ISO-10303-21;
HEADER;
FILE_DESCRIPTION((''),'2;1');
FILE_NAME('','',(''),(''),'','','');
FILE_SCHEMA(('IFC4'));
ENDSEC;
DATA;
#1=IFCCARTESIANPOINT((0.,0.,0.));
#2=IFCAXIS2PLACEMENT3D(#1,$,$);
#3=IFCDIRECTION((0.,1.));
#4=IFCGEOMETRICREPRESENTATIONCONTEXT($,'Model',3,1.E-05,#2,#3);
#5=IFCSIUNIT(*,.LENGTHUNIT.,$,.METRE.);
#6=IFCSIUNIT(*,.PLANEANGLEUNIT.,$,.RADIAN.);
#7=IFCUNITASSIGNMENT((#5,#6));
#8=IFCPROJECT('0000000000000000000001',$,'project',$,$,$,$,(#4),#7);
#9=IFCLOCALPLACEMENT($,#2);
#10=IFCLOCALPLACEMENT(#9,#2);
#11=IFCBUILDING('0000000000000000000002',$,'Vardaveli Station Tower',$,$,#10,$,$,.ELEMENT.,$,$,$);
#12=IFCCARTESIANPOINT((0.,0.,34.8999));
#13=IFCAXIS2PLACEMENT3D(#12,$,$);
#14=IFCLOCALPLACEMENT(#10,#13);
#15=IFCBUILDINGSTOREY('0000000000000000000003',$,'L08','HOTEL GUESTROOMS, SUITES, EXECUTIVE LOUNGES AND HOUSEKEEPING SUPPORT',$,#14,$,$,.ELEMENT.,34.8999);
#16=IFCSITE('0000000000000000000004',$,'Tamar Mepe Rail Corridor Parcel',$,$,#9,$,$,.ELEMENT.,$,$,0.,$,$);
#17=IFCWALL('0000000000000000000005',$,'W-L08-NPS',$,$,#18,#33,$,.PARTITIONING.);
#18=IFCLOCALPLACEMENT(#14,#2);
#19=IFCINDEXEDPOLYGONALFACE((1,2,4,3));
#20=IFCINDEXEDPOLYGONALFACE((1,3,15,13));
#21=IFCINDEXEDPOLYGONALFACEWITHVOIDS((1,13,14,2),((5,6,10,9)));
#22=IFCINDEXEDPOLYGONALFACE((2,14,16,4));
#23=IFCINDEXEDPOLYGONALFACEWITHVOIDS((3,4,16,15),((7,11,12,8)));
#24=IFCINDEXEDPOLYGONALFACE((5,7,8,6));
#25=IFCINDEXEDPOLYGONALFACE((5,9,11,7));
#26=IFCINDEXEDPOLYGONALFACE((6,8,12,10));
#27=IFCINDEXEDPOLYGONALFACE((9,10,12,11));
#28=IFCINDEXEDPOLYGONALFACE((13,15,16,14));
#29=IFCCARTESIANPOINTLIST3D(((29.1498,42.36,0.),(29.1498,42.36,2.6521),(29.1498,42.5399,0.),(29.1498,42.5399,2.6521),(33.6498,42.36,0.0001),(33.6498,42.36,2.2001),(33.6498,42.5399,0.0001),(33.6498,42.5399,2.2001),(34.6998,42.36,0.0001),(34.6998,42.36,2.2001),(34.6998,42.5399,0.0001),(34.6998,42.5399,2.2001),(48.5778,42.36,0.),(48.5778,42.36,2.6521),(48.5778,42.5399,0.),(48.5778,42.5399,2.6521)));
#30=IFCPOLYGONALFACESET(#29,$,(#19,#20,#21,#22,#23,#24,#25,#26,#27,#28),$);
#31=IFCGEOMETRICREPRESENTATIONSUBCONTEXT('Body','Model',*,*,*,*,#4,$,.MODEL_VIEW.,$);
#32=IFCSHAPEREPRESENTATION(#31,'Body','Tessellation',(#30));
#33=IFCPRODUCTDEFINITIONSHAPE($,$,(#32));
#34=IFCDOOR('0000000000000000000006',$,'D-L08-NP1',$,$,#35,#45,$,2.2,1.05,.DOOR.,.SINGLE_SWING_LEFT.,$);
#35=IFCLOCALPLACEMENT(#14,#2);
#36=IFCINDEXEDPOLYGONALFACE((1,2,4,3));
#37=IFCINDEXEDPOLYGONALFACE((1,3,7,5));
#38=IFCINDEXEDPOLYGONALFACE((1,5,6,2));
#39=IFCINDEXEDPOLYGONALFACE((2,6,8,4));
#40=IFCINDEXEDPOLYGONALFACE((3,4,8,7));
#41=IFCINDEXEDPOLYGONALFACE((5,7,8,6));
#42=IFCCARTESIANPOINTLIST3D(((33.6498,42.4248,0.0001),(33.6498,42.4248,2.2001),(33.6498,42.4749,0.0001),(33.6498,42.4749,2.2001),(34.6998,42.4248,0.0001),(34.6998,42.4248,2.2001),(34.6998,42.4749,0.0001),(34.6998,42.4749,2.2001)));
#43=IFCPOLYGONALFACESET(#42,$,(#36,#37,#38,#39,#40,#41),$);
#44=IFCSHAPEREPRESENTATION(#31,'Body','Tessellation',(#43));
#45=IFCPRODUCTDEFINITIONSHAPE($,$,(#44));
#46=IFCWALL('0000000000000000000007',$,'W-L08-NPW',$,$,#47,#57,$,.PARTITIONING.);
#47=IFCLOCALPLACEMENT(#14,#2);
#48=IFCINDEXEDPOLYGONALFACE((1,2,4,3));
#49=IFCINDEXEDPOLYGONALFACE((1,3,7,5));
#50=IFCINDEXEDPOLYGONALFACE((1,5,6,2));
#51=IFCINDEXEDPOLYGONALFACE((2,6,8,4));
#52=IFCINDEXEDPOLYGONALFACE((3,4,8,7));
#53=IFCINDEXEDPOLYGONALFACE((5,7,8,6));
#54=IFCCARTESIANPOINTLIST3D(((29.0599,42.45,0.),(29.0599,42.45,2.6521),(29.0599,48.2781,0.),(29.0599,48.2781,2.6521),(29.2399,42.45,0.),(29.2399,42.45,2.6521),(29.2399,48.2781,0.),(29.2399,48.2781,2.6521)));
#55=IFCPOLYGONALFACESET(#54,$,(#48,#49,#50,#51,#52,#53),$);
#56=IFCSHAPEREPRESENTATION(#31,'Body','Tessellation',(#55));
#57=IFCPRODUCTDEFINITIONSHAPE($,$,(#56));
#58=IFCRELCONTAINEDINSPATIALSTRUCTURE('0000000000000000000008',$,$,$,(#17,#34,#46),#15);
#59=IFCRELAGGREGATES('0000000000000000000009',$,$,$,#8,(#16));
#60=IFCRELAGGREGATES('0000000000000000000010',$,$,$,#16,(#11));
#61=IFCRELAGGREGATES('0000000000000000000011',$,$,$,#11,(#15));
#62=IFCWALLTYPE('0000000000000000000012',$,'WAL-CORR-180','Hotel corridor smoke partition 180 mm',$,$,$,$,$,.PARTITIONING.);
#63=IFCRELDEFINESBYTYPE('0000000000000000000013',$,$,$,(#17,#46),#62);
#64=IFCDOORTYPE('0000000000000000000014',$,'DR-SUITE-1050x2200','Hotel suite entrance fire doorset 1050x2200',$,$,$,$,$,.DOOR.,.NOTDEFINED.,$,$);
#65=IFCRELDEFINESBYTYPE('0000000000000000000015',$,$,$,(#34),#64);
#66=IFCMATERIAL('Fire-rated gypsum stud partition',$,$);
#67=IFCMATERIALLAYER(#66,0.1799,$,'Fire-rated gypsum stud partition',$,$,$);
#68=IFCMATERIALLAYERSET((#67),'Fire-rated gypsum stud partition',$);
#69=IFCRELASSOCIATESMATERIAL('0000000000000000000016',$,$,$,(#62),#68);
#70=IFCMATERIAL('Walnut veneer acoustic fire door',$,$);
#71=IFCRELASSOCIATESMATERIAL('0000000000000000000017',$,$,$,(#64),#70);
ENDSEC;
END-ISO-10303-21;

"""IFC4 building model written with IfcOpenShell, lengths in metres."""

from ifc_helpers import new_model, si_unit, direction, frame, frame_2d, origin, place, context, subcontext, project, spatial, rectangle, extrude, source, transform, mapped, material, layer, layer_set, type_object, element, fill, save


model = new_model("IFC4")

# Units and contexts
model_context = context("Model", 3, precision=1e-05, world=origin(), true_north=direction((0.0, 1.0)))
body_context = subcontext(model_context, "Body", "Model", "MODEL_VIEW")
ifc_project = project(units=[si_unit("LENGTHUNIT", "METRE"), si_unit("PLANEANGLEUNIT", "RADIAN")], contexts=[model_context])

# Site, building, storey
site_placement = place(None, origin())
site = spatial("IfcSite", under=ifc_project, at=site_placement, Name="Tamar Mepe Rail Corridor Parcel", CompositionType="ELEMENT", RefElevation=0.0)
building_placement = place(site_placement, origin())
building = spatial("IfcBuilding", under=site, at=building_placement, Name="Vardaveli Station Tower", CompositionType="ELEMENT")
storey_placement = place(building_placement, frame((0.0, 0.0, 34.8999)))
storey = spatial("IfcBuildingStorey", under=building, at=storey_placement, Name="L08", Description="HOTEL GUESTROOMS, SUITES, EXECUTIVE LOUNGES AND HOUSEKEEPING SUPPORT", CompositionType="ELEMENT", Elevation=34.8999)

# Wall, opening, door
ifc_material_1 = material(Name="Fire-rated gypsum stud partition")
ifc_layer_1 = layer(ifc_material_1, 0.1799, Name="Fire-rated gypsum stud partition")
ifc_layer_set_1 = layer_set([ifc_layer_1], Name="Fire-rated gypsum stud partition")
wall_type_1 = type_object("IfcWallType", Name="WAL-CORR-180", Description="Hotel corridor smoke partition 180 mm", PredefinedType="PARTITIONING", material=ifc_layer_set_1)
shared_shape_1 = source(origin(), body_context, "Body", "SweptSolid", [
    extrude(rectangle(XDim=19.428, YDim=0.1799, at=frame_2d((9.7139, 0.0))), origin(), (0.0, 0.0, 1.0), 2.6521),
])
wall_1_placement = place(storey_placement, frame((29.1499, 42.45, 0.0), z_axis=(0.0, 0.0, 1.0), x_axis=(1.0, 0.0, 0.0)))
wall_1 = element("IfcWall", 1, at=wall_1_placement, inside=storey, type_object=wall_type_1, Name="W-L08-NPS", PredefinedType="PARTITIONING", context=body_context, shape_type="MappedRepresentation", body=[
    mapped(shared_shape_1, transform((0.0, 0.0, 0.0), scale=1.0)),
])
shared_shape_2 = source(origin(), body_context, "Body", "SweptSolid", [
    extrude(rectangle(XDim=1.05, YDim=2.2, at=frame_2d((0.5249, 1.1001))), frame((0.0, 0.1001, 0.0), z_axis=(0.0, -1.0, 0.0), x_axis=(1.0, 0.0, 0.0)), (0.0, 0.0, 1.0), 0.2),
])
opening_1_placement = place(wall_1_placement, frame((4.5, 0.0, 0.0)))
opening_1 = element("IfcOpeningElement", 2, at=opening_1_placement, cuts=wall_1, PredefinedType="OPENING", context=body_context, shape_type="MappedRepresentation", body=[
    mapped(shared_shape_2, transform((0.0, 0.0, 0.0), scale=1.0)),
])
ifc_material_2 = material(Name="Walnut veneer acoustic fire door")
door_type = type_object("IfcDoorType", Name="DR-SUITE-1050x2200", Description="Hotel suite entrance fire doorset 1050x2200", OperationType="NOTDEFINED", PredefinedType="DOOR", material=ifc_material_2)
shared_shape_3 = source(origin(), body_context, "Body", "SweptSolid", [
    extrude(rectangle(XDim=1.05, YDim=2.2, at=frame_2d((0.5249, 1.1001))), frame((0.0, 0.0249, 0.0), z_axis=(0.0, -1.0, 0.0), x_axis=(1.0, 0.0, 0.0)), (0.0, 0.0, 1.0), 0.05),
])
door_placement = place(opening_1_placement, origin())
door = element("IfcDoor", 3, at=door_placement, inside=storey, type_object=door_type, Name="D-L08-NP1", OperationType="SINGLE_SWING_LEFT", OverallHeight=2.2, OverallWidth=1.05, PredefinedType="DOOR", context=body_context, shape_type="MappedRepresentation", body=[
    mapped(shared_shape_3, transform((0.0, 0.0, 0.0), scale=1.0)),
])
fill(opening_1, door)

# Wall
shared_shape_4 = source(origin(), body_context, "Body", "SweptSolid", [
    extrude(rectangle(XDim=5.8281, YDim=0.1799, at=frame_2d((2.9141, 0.0))), origin(), (0.0, 0.0, 1.0), 2.6521),
])
wall_2_placement = place(storey_placement, frame((29.1499, 42.45, 0.0), z_axis=(0.0, 0.0, 1.0), x_axis=(0.0, 1.0, 0.0)))
element("IfcWall", 4, at=wall_2_placement, inside=storey, type_object=wall_type_1, Name="W-L08-NPW", PredefinedType="PARTITIONING", context=body_context, shape_type="MappedRepresentation", body=[
    mapped(shared_shape_4, transform((0.0, 0.0, 0.0), scale=1.0)),
])

save(model, "model.ifc")
